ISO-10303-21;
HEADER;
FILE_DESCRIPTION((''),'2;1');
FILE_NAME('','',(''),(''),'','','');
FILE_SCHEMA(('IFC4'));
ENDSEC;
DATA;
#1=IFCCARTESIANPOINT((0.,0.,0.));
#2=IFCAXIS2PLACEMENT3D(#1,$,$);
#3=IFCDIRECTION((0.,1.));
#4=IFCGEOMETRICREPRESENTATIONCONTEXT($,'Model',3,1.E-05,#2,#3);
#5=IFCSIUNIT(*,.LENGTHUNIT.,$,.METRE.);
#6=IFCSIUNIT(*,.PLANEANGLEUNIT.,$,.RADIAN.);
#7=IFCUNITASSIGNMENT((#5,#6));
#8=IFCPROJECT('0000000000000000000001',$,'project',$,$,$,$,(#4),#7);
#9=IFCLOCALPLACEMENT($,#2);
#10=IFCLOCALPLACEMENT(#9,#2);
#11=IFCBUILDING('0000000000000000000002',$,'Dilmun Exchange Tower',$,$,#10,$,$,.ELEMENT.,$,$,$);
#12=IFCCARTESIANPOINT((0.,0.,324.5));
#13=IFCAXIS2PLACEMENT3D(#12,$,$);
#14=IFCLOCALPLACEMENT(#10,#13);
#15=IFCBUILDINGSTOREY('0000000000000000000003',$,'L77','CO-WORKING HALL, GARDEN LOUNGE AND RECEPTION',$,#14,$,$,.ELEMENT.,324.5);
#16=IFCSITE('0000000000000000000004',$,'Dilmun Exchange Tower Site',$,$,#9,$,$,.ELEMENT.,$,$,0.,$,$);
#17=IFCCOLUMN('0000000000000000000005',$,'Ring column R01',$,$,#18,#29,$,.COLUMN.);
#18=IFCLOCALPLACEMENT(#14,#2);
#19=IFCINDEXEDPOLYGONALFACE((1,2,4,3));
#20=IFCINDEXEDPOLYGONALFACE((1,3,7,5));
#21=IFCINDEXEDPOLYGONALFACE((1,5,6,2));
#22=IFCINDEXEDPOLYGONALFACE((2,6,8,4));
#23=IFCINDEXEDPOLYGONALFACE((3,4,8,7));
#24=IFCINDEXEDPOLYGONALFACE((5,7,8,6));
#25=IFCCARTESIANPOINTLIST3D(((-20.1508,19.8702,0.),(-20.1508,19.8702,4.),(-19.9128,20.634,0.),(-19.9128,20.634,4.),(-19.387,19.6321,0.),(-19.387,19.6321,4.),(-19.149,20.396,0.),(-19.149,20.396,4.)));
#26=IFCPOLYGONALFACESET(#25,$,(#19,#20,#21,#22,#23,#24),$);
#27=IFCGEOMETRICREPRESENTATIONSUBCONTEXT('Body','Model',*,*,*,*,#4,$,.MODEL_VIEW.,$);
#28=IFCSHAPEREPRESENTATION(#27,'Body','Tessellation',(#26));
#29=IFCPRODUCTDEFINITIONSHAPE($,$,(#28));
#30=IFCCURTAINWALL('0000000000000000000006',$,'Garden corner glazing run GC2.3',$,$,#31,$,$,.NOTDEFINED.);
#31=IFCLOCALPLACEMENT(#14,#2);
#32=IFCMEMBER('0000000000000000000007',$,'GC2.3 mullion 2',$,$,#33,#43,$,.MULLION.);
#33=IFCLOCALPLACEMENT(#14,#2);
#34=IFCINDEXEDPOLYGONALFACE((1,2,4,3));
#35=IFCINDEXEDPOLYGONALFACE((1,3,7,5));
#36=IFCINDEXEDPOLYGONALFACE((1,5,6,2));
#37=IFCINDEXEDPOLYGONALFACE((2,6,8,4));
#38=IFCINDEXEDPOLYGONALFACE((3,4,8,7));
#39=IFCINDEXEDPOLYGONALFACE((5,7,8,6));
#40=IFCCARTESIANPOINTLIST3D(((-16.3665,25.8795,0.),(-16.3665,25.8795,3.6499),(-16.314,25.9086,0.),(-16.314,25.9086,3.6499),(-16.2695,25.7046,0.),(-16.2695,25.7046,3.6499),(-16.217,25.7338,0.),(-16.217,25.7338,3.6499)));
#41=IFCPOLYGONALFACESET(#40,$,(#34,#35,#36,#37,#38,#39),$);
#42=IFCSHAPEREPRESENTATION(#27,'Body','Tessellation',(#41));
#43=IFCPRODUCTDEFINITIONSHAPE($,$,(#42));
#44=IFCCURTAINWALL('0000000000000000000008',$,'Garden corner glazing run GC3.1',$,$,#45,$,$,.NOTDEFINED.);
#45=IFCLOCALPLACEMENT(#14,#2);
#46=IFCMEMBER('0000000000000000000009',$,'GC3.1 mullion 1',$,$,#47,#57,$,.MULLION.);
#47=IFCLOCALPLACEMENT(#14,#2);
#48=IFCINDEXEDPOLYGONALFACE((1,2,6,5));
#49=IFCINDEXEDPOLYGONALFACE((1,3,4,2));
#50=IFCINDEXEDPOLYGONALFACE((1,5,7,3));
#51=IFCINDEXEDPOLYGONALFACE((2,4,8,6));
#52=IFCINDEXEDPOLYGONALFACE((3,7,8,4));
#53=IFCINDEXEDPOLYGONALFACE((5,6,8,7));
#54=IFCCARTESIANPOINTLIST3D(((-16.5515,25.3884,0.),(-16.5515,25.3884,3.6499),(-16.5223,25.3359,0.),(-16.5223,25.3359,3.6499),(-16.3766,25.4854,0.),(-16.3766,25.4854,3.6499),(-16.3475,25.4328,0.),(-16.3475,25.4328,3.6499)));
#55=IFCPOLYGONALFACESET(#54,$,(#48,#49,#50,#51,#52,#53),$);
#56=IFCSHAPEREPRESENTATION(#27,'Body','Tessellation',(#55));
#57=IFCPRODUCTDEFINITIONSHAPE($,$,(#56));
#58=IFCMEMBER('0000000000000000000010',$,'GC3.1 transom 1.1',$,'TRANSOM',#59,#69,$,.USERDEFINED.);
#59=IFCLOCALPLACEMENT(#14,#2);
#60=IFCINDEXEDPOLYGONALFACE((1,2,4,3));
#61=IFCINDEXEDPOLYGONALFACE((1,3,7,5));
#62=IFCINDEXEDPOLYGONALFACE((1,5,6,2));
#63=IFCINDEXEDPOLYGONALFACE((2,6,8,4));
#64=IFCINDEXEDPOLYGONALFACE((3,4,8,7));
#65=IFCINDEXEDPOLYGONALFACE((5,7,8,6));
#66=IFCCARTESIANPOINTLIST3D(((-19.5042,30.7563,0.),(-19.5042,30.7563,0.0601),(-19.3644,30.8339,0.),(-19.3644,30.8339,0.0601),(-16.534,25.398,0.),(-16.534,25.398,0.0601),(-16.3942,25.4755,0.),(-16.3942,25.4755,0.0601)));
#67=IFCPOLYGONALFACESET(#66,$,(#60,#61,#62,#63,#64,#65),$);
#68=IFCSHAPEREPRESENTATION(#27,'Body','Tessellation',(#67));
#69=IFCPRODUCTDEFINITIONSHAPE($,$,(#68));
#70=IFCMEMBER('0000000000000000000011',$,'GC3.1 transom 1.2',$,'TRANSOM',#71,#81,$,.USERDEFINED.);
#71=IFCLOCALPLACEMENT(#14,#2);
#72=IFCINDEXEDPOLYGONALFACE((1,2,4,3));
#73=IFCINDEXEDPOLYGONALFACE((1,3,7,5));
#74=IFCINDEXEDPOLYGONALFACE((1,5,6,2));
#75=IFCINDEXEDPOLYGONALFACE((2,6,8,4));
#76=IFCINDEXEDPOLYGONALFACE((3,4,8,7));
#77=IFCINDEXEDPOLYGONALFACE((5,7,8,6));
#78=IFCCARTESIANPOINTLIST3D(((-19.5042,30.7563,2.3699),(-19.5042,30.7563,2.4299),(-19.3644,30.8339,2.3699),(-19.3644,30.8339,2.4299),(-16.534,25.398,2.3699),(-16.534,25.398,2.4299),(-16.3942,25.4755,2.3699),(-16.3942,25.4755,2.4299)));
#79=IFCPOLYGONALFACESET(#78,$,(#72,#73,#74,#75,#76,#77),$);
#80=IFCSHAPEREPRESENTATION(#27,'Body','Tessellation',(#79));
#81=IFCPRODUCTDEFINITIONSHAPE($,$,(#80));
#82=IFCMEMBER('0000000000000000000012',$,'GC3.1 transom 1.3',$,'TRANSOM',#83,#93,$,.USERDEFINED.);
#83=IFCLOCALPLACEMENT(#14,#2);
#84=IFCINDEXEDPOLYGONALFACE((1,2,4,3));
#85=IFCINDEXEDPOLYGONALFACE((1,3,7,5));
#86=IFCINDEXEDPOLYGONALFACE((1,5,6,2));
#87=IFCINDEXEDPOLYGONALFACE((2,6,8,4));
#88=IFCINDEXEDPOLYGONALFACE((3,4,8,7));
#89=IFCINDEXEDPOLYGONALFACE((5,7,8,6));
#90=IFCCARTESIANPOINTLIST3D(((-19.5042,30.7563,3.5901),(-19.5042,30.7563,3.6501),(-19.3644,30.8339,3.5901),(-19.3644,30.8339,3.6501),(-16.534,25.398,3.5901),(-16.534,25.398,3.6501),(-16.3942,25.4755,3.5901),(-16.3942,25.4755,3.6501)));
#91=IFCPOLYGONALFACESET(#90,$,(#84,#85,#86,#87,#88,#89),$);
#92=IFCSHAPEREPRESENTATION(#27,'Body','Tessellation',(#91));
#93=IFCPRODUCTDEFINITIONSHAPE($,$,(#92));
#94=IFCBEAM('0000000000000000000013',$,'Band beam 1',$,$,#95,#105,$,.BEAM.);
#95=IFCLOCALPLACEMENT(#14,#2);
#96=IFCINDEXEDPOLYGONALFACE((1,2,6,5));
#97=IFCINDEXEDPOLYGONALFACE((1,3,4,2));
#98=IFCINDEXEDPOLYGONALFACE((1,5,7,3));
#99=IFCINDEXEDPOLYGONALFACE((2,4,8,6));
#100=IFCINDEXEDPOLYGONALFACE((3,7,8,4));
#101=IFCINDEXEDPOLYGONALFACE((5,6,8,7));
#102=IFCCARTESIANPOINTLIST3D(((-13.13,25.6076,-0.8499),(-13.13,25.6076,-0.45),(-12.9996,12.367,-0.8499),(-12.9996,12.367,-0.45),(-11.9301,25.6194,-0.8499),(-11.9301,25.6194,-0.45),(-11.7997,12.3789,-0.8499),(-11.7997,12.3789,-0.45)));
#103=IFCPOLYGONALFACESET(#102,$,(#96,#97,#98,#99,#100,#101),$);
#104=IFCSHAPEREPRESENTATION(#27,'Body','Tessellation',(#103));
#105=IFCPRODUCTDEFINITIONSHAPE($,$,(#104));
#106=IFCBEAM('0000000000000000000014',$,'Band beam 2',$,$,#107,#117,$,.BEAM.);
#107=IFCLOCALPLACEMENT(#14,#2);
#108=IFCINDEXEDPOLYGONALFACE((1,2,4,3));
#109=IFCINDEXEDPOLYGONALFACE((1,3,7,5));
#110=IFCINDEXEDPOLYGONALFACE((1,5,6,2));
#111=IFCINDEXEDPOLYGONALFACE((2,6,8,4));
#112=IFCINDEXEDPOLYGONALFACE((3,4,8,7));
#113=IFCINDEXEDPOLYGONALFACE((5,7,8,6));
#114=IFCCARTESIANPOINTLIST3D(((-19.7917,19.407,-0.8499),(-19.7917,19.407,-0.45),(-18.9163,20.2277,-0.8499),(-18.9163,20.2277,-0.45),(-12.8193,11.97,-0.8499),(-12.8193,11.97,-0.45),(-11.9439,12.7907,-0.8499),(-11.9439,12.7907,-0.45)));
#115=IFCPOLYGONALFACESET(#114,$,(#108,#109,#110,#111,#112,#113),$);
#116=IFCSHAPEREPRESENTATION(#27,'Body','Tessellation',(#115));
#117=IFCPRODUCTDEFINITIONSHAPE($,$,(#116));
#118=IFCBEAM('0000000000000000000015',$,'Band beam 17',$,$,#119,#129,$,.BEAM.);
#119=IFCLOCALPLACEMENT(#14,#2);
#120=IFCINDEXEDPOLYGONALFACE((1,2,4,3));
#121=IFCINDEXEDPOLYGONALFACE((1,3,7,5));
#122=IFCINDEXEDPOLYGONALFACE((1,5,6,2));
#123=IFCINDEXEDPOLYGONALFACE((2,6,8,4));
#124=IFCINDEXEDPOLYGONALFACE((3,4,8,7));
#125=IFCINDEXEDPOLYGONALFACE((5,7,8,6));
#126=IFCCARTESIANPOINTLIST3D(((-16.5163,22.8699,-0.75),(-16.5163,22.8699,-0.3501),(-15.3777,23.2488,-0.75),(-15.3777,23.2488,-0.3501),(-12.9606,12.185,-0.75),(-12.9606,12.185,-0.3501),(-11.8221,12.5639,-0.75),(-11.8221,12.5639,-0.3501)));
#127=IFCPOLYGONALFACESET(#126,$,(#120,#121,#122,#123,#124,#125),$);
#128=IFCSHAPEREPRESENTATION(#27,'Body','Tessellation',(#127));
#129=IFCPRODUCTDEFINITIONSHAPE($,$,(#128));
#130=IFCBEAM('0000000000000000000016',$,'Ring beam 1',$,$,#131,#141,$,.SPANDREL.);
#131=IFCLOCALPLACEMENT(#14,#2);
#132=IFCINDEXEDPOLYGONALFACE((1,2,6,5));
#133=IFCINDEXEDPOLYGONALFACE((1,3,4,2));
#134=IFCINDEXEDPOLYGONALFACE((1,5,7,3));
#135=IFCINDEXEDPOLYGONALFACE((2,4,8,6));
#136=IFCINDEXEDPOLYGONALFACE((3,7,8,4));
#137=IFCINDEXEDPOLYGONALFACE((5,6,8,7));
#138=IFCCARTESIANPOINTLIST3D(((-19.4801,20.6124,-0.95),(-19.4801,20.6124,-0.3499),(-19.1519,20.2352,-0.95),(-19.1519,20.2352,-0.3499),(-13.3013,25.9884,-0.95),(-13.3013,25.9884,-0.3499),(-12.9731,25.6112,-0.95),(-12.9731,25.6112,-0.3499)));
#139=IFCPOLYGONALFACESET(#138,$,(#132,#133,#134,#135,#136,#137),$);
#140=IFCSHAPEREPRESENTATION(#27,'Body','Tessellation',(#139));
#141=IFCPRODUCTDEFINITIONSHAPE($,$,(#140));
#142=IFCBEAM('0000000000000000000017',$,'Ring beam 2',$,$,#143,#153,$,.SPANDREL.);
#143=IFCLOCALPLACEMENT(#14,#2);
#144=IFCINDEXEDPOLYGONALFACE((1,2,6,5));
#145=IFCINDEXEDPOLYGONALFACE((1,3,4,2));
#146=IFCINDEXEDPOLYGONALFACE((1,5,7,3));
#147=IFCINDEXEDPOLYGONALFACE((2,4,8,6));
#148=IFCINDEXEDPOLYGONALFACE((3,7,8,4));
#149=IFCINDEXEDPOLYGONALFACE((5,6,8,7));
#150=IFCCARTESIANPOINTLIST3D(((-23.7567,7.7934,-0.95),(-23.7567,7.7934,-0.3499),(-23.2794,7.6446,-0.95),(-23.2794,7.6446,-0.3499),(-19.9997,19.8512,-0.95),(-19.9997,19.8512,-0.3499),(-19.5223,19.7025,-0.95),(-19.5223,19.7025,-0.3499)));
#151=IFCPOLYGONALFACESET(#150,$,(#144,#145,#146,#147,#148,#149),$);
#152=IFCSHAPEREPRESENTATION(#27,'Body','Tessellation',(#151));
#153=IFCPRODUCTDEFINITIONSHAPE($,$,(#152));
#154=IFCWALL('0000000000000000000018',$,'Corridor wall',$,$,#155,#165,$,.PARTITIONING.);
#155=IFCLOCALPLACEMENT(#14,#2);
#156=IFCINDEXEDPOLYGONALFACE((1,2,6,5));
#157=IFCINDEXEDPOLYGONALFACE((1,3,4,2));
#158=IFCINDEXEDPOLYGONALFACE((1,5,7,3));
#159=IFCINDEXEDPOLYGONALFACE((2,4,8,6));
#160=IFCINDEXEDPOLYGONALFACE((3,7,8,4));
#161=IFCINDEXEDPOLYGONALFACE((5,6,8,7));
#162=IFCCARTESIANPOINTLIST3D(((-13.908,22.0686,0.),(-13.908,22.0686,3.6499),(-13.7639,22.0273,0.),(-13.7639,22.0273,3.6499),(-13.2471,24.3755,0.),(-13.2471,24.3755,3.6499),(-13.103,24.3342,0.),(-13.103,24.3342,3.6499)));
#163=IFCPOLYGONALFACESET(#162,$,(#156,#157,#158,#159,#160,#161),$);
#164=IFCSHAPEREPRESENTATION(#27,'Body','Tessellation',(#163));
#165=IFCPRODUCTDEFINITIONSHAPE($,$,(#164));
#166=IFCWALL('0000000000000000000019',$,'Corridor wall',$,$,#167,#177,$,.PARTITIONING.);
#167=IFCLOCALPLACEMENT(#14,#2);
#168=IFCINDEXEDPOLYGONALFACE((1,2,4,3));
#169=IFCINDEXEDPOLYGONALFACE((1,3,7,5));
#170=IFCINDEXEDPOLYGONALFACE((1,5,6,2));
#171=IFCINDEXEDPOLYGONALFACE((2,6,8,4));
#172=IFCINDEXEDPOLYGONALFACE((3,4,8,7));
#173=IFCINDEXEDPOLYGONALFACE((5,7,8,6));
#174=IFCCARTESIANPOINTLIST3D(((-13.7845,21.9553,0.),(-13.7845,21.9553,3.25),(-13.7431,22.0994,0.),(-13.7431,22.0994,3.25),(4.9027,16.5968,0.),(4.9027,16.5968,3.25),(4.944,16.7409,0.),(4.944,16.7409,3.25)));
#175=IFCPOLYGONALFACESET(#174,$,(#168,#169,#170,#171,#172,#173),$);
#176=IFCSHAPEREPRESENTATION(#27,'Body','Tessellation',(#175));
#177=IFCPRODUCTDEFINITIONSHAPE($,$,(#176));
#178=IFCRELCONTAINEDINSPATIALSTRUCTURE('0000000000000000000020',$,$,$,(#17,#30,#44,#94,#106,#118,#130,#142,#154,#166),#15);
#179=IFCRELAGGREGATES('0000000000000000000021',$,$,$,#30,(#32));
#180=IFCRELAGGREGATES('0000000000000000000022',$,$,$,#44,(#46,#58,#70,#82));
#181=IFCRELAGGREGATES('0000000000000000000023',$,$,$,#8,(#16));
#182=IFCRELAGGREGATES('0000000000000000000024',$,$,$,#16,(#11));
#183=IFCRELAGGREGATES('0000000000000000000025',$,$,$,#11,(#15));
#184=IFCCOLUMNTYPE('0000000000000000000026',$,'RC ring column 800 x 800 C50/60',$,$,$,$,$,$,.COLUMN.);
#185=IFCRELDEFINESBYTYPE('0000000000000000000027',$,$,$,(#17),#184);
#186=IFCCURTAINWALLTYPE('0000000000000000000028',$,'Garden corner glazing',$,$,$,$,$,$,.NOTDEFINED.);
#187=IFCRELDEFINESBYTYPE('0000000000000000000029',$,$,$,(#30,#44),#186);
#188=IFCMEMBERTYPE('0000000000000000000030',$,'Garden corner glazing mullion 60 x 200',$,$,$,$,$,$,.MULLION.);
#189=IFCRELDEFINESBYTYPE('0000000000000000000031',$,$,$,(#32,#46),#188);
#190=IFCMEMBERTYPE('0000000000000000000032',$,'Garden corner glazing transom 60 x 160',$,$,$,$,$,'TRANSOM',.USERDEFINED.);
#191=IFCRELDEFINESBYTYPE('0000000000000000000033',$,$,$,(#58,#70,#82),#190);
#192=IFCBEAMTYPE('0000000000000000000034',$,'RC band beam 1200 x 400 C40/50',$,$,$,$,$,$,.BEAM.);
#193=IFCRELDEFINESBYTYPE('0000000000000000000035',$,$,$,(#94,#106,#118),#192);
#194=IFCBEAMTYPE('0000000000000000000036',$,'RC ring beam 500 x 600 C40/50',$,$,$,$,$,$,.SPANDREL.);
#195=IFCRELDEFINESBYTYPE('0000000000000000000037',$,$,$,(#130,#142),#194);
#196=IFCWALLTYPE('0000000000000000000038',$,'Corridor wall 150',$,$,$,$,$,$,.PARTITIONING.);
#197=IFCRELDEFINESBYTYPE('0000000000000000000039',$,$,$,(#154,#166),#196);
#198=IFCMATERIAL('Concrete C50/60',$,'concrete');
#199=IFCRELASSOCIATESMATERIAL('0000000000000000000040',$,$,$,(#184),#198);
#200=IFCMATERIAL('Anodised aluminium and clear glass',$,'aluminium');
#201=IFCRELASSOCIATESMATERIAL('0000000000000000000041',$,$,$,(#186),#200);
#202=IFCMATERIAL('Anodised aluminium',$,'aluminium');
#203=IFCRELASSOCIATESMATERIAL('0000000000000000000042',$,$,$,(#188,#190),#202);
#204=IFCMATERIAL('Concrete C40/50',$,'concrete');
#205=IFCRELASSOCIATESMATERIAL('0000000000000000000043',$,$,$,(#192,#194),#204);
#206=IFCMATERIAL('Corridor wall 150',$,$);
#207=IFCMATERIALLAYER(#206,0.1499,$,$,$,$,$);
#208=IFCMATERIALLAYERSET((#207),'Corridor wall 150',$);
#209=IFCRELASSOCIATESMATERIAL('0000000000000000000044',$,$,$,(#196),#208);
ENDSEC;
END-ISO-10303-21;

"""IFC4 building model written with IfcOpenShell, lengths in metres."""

from ifc_helpers import new_model, si_unit, direction, frame, frame_2d, origin, origin_2d, place, context, subcontext, project, spatial, rectangle, extrude, material, layer, layer_set, material_profile, profile_set, type_object, element, aggregate, save


model = new_model("IFC4")

# Units and contexts
model_context = context("Model", 3, precision=1e-05, world=origin(), true_north=direction((0.0, 1.0)))
body_context = subcontext(model_context, "Body", "Model", "MODEL_VIEW")
ifc_project = project(units=[si_unit("LENGTHUNIT", "METRE"), si_unit("PLANEANGLEUNIT", "RADIAN")], contexts=[model_context])

# Site, building, storey
site_placement = place(None, origin())
site = spatial("IfcSite", under=ifc_project, at=site_placement, Name="Dilmun Exchange Tower Site", CompositionType="ELEMENT", RefElevation=0.0)
building_placement = place(site_placement, origin())
building = spatial("IfcBuilding", under=site, at=building_placement, Name="Dilmun Exchange Tower", CompositionType="ELEMENT")
storey_placement = place(building_placement, frame((0.0, 0.0, 324.5)))
storey = spatial("IfcBuildingStorey", under=building, at=storey_placement, Name="L77", Description="CO-WORKING HALL, GARDEN LOUNGE AND RECEPTION", CompositionType="ELEMENT", Elevation=324.5)

# Column
ifc_material_1 = material(Name="Concrete C50/60", Category="concrete")
ifc_material_profile_1 = material_profile(ifc_material_1, rectangle(XDim=0.8, YDim=0.8, at=origin_2d()), Name="800 x 800")
ifc_profile_set_1 = profile_set([ifc_material_profile_1], Name="Concrete C50/60")
column_type = type_object("IfcColumnType", Name="RC ring column 800 x 800 C50/60", PredefinedType="COLUMN", material=ifc_profile_set_1)
column_placement = place(storey_placement, frame((-19.6499, 20.1331, 0.0), z_axis=(0.0, 0.0, 1.0), x_axis=(0.297503, 0.954721, 0.0)))
element("IfcColumn", 1, at=column_placement, inside=storey, type_object=column_type, Name="Ring column R01", PredefinedType="COLUMN", context=body_context, shape_type="SweptSolid", body=[
    extrude(rectangle(XDim=0.8, YDim=0.8, at=origin_2d()), origin(), (0.0, 0.0, 1.0), 4.0),
])

# Curtain wall, member
ifc_material_2 = material(Name="Anodised aluminium and clear glass", Category="aluminium")
curtain_wall_type = type_object("IfcCurtainWallType", Name="Garden corner glazing", PredefinedType="NOTDEFINED", material=ifc_material_2)
curtain_wall_1_placement = place(storey_placement, origin())
curtain_wall_1 = element("IfcCurtainWall", 2, at=curtain_wall_1_placement, inside=storey, type_object=curtain_wall_type, Name="Garden corner glazing run GC2.3", PredefinedType="NOTDEFINED")
ifc_material_3 = material(Name="Anodised aluminium", Category="aluminium")
ifc_material_profile_2 = material_profile(ifc_material_3, rectangle(XDim=0.2, YDim=0.0601, at=origin_2d()), Name="AL 60x200")
ifc_profile_set_2 = profile_set([ifc_material_profile_2], Name="Anodised aluminium")
member_type_1 = type_object("IfcMemberType", Name="Garden corner glazing mullion 60 x 200", PredefinedType="MULLION", material=ifc_profile_set_2)
member_1_placement = place(storey_placement, frame((-16.2917, 25.8066, 0.0), z_axis=(0.0, 0.0, 1.0), x_axis=(0.484812, -0.874618, 0.0)))
member_1 = element("IfcMember", 3, at=member_1_placement, type_object=member_type_1, Name="GC2.3 mullion 2", PredefinedType="MULLION", context=body_context, shape_type="SweptSolid", body=[
    extrude(rectangle(XDim=0.2, YDim=0.0601, at=origin_2d()), origin(), (0.0, 0.0, 1.0), 3.6499),
])
aggregate(curtain_wall_1, [member_1])

# Curtain wall, members
curtain_wall_2_placement = place(storey_placement, origin())
curtain_wall_2 = element("IfcCurtainWall", 4, at=curtain_wall_2_placement, inside=storey, type_object=curtain_wall_type, Name="Garden corner glazing run GC3.1", PredefinedType="NOTDEFINED")
member_2_placement = place(storey_placement, frame((-16.4495, 25.4106, 0.0), z_axis=(0.0, 0.0, 1.0), x_axis=(-0.874624, -0.484803, 0.0)))
member_2 = element("IfcMember", 5, at=member_2_placement, type_object=member_type_1, Name="GC3.1 mullion 1", PredefinedType="MULLION", context=body_context, shape_type="SweptSolid", body=[
    extrude(rectangle(XDim=0.2, YDim=0.0601, at=origin_2d()), origin(), (0.0, 0.0, 1.0), 3.6499),
])
ifc_material_profile_3 = material_profile(ifc_material_3, rectangle(XDim=0.1599, YDim=0.0601, at=origin_2d()), Name="AL 60x160")
ifc_profile_set_3 = profile_set([ifc_material_profile_3], Name="Anodised aluminium")
member_type_2 = type_object("IfcMemberType", Name="Garden corner glazing transom 60 x 160", ElementType="TRANSOM", PredefinedType="USERDEFINED", material=ifc_profile_set_3)
member_3_placement = place(storey_placement, frame((-16.4641, 25.4368, 0.03), z_axis=(-0.48481, 0.874619, 0.0), x_axis=(-0.874619, -0.48481, 0.0)))
member_3 = element("IfcMember", 6, at=member_3_placement, type_object=member_type_2, Name="GC3.1 transom 1.1", ObjectType="TRANSOM", PredefinedType="USERDEFINED", context=body_context, shape_type="SweptSolid", body=[
    extrude(rectangle(XDim=0.1599, YDim=0.0601, at=origin_2d()), origin(), (0.0, 0.0, 1.0), 6.1265),
])
member_4_placement = place(storey_placement, frame((-16.4641, 25.4368, 2.3999), z_axis=(-0.48481, 0.874619, 0.0), x_axis=(-0.874619, -0.48481, 0.0)))
member_4 = element("IfcMember", 7, at=member_4_placement, type_object=member_type_2, Name="GC3.1 transom 1.2", ObjectType="TRANSOM", PredefinedType="USERDEFINED", context=body_context, shape_type="SweptSolid", body=[
    extrude(rectangle(XDim=0.1599, YDim=0.0601, at=origin_2d()), origin(), (0.0, 0.0, 1.0), 6.1265),
])
member_5_placement = place(storey_placement, frame((-16.4641, 25.4368, 3.6201), z_axis=(-0.48481, 0.874619, 0.0), x_axis=(-0.874619, -0.48481, 0.0)))
member_5 = element("IfcMember", 8, at=member_5_placement, type_object=member_type_2, Name="GC3.1 transom 1.3", ObjectType="TRANSOM", PredefinedType="USERDEFINED", context=body_context, shape_type="SweptSolid", body=[
    extrude(rectangle(XDim=0.1599, YDim=0.0601, at=origin_2d()), origin(), (0.0, 0.0, 1.0), 6.1265),
])
aggregate(curtain_wall_2, [member_2, member_3, member_4, member_5])

# Beams
ifc_material_4 = material(Name="Concrete C40/50", Category="concrete")
ifc_material_profile_4 = material_profile(ifc_material_4, rectangle(XDim=1.2, YDim=0.3999, at=origin_2d()), Name="1200 x 400")
ifc_profile_set_4 = profile_set([ifc_material_profile_4], Name="Concrete C40/50")
beam_type_1 = type_object("IfcBeamType", Name="RC band beam 1200 x 400 C40/50", PredefinedType="BEAM", material=ifc_profile_set_4)
beam_1_placement = place(storey_placement, frame((-12.53, 25.6135, -0.6499), z_axis=(0.009846, -0.999952, 0.0), x_axis=(0.999952, 0.009846, 0.0)))
element("IfcBeam", 9, at=beam_1_placement, inside=storey, type_object=beam_type_1, Name="Band beam 1", PredefinedType="BEAM", context=body_context, shape_type="SweptSolid", body=[
    extrude(rectangle(XDim=1.2, YDim=0.3999, at=origin_2d()), origin(), (0.0, 0.0, 1.0), 13.2412),
])
beam_2_placement = place(storey_placement, frame((-19.354, 19.8174, -0.6499), z_axis=(0.683952, -0.729527, 0.0), x_axis=(0.729527, 0.683952, 0.0)))
element("IfcBeam", 10, at=beam_2_placement, inside=storey, type_object=beam_type_1, Name="Band beam 2", PredefinedType="BEAM", context=body_context, shape_type="SweptSolid", body=[
    extrude(rectangle(XDim=1.2, YDim=0.3999, at=origin_2d()), origin(), (0.0, 0.0, 1.0), 10.1943),
])
beam_3_placement = place(storey_placement, frame((-15.947, 23.0593, -0.55), z_axis=(0.315753, -0.948841, 0.0), x_axis=(0.948841, 0.315753, 0.0)))
element("IfcBeam", 11, at=beam_3_placement, inside=storey, type_object=beam_type_1, Name="Band beam 17", PredefinedType="BEAM", context=body_context, shape_type="SweptSolid", body=[
    extrude(rectangle(XDim=1.2, YDim=0.3999, at=origin_2d()), origin(), (0.0, 0.0, 1.0), 11.261),
])
ifc_material_profile_5 = material_profile(ifc_material_4, rectangle(XDim=0.5, YDim=0.6001, at=origin_2d()), Name="500 x 600")
ifc_profile_set_5 = profile_set([ifc_material_profile_5], Name="Concrete C40/50")
beam_type_2 = type_object("IfcBeamType", Name="RC ring beam 500 x 600 C40/50", PredefinedType="SPANDREL", material=ifc_profile_set_5)
beam_4_placement = place(storey_placement, frame((-13.1372, 25.7998, -0.6499), z_axis=(-0.754413, -0.6564, 0.0), x_axis=(0.6564, -0.754413, 0.0)))
element("IfcBeam", 12, at=beam_4_placement, inside=storey, type_object=beam_type_2, Name="Ring beam 1", PredefinedType="SPANDREL", context=body_context, shape_type="SweptSolid", body=[
    extrude(rectangle(XDim=0.5, YDim=0.6001, at=origin_2d()), origin(), (0.0, 0.0, 1.0), 8.1902),
])
beam_5_placement = place(storey_placement, frame((-19.761, 19.7769, -0.6499), z_axis=(-0.297481, -0.954728, 0.0), x_axis=(0.954728, -0.297481, 0.0)))
element("IfcBeam", 13, at=beam_5_placement, inside=storey, type_object=beam_type_2, Name="Ring beam 2", PredefinedType="SPANDREL", context=body_context, shape_type="SweptSolid", body=[
    extrude(rectangle(XDim=0.5, YDim=0.6001, at=origin_2d()), origin(), (0.0, 0.0, 1.0), 12.6296),
])

# Walls
ifc_material_5 = material(Name="Corridor wall 150")
ifc_layer = layer(ifc_material_5, 0.1499)
ifc_layer_set = layer_set([ifc_layer], Name="Corridor wall 150")
wall_type = type_object("IfcWallType", Name="Corridor wall 150", PredefinedType="PARTITIONING", material=ifc_layer_set)
wall_1_placement = place(storey_placement, frame((-13.8359, 22.0481, 0.0), z_axis=(0.0, 0.0, 1.0), x_axis=(0.275406, 0.961328, 0.0)))
element("IfcWall", 14, at=wall_1_placement, inside=storey, type_object=wall_type, Name="Corridor wall", PredefinedType="PARTITIONING", context=body_context, shape_type="SweptSolid", body=[
    extrude(rectangle(XDim=2.3997, YDim=0.1499, at=frame_2d((1.1997, 0.0))), origin(), (0.0, 0.0, 1.0), 3.6499),
])
wall_2_placement = place(storey_placement, frame((-13.7639, 22.0273, 0.0), z_axis=(0.0, 0.0, 1.0), x_axis=(0.961262, -0.275637, 0.0)))
element("IfcWall", 15, at=wall_2_placement, inside=storey, type_object=wall_type, Name="Corridor wall", PredefinedType="PARTITIONING", context=body_context, shape_type="SweptSolid", body=[
    extrude(rectangle(XDim=19.4402, YDim=0.1499, at=frame_2d((9.7202, 0.0))), origin(), (0.0, 0.0, 1.0), 3.25),
])

save(model, "model.ifc")
